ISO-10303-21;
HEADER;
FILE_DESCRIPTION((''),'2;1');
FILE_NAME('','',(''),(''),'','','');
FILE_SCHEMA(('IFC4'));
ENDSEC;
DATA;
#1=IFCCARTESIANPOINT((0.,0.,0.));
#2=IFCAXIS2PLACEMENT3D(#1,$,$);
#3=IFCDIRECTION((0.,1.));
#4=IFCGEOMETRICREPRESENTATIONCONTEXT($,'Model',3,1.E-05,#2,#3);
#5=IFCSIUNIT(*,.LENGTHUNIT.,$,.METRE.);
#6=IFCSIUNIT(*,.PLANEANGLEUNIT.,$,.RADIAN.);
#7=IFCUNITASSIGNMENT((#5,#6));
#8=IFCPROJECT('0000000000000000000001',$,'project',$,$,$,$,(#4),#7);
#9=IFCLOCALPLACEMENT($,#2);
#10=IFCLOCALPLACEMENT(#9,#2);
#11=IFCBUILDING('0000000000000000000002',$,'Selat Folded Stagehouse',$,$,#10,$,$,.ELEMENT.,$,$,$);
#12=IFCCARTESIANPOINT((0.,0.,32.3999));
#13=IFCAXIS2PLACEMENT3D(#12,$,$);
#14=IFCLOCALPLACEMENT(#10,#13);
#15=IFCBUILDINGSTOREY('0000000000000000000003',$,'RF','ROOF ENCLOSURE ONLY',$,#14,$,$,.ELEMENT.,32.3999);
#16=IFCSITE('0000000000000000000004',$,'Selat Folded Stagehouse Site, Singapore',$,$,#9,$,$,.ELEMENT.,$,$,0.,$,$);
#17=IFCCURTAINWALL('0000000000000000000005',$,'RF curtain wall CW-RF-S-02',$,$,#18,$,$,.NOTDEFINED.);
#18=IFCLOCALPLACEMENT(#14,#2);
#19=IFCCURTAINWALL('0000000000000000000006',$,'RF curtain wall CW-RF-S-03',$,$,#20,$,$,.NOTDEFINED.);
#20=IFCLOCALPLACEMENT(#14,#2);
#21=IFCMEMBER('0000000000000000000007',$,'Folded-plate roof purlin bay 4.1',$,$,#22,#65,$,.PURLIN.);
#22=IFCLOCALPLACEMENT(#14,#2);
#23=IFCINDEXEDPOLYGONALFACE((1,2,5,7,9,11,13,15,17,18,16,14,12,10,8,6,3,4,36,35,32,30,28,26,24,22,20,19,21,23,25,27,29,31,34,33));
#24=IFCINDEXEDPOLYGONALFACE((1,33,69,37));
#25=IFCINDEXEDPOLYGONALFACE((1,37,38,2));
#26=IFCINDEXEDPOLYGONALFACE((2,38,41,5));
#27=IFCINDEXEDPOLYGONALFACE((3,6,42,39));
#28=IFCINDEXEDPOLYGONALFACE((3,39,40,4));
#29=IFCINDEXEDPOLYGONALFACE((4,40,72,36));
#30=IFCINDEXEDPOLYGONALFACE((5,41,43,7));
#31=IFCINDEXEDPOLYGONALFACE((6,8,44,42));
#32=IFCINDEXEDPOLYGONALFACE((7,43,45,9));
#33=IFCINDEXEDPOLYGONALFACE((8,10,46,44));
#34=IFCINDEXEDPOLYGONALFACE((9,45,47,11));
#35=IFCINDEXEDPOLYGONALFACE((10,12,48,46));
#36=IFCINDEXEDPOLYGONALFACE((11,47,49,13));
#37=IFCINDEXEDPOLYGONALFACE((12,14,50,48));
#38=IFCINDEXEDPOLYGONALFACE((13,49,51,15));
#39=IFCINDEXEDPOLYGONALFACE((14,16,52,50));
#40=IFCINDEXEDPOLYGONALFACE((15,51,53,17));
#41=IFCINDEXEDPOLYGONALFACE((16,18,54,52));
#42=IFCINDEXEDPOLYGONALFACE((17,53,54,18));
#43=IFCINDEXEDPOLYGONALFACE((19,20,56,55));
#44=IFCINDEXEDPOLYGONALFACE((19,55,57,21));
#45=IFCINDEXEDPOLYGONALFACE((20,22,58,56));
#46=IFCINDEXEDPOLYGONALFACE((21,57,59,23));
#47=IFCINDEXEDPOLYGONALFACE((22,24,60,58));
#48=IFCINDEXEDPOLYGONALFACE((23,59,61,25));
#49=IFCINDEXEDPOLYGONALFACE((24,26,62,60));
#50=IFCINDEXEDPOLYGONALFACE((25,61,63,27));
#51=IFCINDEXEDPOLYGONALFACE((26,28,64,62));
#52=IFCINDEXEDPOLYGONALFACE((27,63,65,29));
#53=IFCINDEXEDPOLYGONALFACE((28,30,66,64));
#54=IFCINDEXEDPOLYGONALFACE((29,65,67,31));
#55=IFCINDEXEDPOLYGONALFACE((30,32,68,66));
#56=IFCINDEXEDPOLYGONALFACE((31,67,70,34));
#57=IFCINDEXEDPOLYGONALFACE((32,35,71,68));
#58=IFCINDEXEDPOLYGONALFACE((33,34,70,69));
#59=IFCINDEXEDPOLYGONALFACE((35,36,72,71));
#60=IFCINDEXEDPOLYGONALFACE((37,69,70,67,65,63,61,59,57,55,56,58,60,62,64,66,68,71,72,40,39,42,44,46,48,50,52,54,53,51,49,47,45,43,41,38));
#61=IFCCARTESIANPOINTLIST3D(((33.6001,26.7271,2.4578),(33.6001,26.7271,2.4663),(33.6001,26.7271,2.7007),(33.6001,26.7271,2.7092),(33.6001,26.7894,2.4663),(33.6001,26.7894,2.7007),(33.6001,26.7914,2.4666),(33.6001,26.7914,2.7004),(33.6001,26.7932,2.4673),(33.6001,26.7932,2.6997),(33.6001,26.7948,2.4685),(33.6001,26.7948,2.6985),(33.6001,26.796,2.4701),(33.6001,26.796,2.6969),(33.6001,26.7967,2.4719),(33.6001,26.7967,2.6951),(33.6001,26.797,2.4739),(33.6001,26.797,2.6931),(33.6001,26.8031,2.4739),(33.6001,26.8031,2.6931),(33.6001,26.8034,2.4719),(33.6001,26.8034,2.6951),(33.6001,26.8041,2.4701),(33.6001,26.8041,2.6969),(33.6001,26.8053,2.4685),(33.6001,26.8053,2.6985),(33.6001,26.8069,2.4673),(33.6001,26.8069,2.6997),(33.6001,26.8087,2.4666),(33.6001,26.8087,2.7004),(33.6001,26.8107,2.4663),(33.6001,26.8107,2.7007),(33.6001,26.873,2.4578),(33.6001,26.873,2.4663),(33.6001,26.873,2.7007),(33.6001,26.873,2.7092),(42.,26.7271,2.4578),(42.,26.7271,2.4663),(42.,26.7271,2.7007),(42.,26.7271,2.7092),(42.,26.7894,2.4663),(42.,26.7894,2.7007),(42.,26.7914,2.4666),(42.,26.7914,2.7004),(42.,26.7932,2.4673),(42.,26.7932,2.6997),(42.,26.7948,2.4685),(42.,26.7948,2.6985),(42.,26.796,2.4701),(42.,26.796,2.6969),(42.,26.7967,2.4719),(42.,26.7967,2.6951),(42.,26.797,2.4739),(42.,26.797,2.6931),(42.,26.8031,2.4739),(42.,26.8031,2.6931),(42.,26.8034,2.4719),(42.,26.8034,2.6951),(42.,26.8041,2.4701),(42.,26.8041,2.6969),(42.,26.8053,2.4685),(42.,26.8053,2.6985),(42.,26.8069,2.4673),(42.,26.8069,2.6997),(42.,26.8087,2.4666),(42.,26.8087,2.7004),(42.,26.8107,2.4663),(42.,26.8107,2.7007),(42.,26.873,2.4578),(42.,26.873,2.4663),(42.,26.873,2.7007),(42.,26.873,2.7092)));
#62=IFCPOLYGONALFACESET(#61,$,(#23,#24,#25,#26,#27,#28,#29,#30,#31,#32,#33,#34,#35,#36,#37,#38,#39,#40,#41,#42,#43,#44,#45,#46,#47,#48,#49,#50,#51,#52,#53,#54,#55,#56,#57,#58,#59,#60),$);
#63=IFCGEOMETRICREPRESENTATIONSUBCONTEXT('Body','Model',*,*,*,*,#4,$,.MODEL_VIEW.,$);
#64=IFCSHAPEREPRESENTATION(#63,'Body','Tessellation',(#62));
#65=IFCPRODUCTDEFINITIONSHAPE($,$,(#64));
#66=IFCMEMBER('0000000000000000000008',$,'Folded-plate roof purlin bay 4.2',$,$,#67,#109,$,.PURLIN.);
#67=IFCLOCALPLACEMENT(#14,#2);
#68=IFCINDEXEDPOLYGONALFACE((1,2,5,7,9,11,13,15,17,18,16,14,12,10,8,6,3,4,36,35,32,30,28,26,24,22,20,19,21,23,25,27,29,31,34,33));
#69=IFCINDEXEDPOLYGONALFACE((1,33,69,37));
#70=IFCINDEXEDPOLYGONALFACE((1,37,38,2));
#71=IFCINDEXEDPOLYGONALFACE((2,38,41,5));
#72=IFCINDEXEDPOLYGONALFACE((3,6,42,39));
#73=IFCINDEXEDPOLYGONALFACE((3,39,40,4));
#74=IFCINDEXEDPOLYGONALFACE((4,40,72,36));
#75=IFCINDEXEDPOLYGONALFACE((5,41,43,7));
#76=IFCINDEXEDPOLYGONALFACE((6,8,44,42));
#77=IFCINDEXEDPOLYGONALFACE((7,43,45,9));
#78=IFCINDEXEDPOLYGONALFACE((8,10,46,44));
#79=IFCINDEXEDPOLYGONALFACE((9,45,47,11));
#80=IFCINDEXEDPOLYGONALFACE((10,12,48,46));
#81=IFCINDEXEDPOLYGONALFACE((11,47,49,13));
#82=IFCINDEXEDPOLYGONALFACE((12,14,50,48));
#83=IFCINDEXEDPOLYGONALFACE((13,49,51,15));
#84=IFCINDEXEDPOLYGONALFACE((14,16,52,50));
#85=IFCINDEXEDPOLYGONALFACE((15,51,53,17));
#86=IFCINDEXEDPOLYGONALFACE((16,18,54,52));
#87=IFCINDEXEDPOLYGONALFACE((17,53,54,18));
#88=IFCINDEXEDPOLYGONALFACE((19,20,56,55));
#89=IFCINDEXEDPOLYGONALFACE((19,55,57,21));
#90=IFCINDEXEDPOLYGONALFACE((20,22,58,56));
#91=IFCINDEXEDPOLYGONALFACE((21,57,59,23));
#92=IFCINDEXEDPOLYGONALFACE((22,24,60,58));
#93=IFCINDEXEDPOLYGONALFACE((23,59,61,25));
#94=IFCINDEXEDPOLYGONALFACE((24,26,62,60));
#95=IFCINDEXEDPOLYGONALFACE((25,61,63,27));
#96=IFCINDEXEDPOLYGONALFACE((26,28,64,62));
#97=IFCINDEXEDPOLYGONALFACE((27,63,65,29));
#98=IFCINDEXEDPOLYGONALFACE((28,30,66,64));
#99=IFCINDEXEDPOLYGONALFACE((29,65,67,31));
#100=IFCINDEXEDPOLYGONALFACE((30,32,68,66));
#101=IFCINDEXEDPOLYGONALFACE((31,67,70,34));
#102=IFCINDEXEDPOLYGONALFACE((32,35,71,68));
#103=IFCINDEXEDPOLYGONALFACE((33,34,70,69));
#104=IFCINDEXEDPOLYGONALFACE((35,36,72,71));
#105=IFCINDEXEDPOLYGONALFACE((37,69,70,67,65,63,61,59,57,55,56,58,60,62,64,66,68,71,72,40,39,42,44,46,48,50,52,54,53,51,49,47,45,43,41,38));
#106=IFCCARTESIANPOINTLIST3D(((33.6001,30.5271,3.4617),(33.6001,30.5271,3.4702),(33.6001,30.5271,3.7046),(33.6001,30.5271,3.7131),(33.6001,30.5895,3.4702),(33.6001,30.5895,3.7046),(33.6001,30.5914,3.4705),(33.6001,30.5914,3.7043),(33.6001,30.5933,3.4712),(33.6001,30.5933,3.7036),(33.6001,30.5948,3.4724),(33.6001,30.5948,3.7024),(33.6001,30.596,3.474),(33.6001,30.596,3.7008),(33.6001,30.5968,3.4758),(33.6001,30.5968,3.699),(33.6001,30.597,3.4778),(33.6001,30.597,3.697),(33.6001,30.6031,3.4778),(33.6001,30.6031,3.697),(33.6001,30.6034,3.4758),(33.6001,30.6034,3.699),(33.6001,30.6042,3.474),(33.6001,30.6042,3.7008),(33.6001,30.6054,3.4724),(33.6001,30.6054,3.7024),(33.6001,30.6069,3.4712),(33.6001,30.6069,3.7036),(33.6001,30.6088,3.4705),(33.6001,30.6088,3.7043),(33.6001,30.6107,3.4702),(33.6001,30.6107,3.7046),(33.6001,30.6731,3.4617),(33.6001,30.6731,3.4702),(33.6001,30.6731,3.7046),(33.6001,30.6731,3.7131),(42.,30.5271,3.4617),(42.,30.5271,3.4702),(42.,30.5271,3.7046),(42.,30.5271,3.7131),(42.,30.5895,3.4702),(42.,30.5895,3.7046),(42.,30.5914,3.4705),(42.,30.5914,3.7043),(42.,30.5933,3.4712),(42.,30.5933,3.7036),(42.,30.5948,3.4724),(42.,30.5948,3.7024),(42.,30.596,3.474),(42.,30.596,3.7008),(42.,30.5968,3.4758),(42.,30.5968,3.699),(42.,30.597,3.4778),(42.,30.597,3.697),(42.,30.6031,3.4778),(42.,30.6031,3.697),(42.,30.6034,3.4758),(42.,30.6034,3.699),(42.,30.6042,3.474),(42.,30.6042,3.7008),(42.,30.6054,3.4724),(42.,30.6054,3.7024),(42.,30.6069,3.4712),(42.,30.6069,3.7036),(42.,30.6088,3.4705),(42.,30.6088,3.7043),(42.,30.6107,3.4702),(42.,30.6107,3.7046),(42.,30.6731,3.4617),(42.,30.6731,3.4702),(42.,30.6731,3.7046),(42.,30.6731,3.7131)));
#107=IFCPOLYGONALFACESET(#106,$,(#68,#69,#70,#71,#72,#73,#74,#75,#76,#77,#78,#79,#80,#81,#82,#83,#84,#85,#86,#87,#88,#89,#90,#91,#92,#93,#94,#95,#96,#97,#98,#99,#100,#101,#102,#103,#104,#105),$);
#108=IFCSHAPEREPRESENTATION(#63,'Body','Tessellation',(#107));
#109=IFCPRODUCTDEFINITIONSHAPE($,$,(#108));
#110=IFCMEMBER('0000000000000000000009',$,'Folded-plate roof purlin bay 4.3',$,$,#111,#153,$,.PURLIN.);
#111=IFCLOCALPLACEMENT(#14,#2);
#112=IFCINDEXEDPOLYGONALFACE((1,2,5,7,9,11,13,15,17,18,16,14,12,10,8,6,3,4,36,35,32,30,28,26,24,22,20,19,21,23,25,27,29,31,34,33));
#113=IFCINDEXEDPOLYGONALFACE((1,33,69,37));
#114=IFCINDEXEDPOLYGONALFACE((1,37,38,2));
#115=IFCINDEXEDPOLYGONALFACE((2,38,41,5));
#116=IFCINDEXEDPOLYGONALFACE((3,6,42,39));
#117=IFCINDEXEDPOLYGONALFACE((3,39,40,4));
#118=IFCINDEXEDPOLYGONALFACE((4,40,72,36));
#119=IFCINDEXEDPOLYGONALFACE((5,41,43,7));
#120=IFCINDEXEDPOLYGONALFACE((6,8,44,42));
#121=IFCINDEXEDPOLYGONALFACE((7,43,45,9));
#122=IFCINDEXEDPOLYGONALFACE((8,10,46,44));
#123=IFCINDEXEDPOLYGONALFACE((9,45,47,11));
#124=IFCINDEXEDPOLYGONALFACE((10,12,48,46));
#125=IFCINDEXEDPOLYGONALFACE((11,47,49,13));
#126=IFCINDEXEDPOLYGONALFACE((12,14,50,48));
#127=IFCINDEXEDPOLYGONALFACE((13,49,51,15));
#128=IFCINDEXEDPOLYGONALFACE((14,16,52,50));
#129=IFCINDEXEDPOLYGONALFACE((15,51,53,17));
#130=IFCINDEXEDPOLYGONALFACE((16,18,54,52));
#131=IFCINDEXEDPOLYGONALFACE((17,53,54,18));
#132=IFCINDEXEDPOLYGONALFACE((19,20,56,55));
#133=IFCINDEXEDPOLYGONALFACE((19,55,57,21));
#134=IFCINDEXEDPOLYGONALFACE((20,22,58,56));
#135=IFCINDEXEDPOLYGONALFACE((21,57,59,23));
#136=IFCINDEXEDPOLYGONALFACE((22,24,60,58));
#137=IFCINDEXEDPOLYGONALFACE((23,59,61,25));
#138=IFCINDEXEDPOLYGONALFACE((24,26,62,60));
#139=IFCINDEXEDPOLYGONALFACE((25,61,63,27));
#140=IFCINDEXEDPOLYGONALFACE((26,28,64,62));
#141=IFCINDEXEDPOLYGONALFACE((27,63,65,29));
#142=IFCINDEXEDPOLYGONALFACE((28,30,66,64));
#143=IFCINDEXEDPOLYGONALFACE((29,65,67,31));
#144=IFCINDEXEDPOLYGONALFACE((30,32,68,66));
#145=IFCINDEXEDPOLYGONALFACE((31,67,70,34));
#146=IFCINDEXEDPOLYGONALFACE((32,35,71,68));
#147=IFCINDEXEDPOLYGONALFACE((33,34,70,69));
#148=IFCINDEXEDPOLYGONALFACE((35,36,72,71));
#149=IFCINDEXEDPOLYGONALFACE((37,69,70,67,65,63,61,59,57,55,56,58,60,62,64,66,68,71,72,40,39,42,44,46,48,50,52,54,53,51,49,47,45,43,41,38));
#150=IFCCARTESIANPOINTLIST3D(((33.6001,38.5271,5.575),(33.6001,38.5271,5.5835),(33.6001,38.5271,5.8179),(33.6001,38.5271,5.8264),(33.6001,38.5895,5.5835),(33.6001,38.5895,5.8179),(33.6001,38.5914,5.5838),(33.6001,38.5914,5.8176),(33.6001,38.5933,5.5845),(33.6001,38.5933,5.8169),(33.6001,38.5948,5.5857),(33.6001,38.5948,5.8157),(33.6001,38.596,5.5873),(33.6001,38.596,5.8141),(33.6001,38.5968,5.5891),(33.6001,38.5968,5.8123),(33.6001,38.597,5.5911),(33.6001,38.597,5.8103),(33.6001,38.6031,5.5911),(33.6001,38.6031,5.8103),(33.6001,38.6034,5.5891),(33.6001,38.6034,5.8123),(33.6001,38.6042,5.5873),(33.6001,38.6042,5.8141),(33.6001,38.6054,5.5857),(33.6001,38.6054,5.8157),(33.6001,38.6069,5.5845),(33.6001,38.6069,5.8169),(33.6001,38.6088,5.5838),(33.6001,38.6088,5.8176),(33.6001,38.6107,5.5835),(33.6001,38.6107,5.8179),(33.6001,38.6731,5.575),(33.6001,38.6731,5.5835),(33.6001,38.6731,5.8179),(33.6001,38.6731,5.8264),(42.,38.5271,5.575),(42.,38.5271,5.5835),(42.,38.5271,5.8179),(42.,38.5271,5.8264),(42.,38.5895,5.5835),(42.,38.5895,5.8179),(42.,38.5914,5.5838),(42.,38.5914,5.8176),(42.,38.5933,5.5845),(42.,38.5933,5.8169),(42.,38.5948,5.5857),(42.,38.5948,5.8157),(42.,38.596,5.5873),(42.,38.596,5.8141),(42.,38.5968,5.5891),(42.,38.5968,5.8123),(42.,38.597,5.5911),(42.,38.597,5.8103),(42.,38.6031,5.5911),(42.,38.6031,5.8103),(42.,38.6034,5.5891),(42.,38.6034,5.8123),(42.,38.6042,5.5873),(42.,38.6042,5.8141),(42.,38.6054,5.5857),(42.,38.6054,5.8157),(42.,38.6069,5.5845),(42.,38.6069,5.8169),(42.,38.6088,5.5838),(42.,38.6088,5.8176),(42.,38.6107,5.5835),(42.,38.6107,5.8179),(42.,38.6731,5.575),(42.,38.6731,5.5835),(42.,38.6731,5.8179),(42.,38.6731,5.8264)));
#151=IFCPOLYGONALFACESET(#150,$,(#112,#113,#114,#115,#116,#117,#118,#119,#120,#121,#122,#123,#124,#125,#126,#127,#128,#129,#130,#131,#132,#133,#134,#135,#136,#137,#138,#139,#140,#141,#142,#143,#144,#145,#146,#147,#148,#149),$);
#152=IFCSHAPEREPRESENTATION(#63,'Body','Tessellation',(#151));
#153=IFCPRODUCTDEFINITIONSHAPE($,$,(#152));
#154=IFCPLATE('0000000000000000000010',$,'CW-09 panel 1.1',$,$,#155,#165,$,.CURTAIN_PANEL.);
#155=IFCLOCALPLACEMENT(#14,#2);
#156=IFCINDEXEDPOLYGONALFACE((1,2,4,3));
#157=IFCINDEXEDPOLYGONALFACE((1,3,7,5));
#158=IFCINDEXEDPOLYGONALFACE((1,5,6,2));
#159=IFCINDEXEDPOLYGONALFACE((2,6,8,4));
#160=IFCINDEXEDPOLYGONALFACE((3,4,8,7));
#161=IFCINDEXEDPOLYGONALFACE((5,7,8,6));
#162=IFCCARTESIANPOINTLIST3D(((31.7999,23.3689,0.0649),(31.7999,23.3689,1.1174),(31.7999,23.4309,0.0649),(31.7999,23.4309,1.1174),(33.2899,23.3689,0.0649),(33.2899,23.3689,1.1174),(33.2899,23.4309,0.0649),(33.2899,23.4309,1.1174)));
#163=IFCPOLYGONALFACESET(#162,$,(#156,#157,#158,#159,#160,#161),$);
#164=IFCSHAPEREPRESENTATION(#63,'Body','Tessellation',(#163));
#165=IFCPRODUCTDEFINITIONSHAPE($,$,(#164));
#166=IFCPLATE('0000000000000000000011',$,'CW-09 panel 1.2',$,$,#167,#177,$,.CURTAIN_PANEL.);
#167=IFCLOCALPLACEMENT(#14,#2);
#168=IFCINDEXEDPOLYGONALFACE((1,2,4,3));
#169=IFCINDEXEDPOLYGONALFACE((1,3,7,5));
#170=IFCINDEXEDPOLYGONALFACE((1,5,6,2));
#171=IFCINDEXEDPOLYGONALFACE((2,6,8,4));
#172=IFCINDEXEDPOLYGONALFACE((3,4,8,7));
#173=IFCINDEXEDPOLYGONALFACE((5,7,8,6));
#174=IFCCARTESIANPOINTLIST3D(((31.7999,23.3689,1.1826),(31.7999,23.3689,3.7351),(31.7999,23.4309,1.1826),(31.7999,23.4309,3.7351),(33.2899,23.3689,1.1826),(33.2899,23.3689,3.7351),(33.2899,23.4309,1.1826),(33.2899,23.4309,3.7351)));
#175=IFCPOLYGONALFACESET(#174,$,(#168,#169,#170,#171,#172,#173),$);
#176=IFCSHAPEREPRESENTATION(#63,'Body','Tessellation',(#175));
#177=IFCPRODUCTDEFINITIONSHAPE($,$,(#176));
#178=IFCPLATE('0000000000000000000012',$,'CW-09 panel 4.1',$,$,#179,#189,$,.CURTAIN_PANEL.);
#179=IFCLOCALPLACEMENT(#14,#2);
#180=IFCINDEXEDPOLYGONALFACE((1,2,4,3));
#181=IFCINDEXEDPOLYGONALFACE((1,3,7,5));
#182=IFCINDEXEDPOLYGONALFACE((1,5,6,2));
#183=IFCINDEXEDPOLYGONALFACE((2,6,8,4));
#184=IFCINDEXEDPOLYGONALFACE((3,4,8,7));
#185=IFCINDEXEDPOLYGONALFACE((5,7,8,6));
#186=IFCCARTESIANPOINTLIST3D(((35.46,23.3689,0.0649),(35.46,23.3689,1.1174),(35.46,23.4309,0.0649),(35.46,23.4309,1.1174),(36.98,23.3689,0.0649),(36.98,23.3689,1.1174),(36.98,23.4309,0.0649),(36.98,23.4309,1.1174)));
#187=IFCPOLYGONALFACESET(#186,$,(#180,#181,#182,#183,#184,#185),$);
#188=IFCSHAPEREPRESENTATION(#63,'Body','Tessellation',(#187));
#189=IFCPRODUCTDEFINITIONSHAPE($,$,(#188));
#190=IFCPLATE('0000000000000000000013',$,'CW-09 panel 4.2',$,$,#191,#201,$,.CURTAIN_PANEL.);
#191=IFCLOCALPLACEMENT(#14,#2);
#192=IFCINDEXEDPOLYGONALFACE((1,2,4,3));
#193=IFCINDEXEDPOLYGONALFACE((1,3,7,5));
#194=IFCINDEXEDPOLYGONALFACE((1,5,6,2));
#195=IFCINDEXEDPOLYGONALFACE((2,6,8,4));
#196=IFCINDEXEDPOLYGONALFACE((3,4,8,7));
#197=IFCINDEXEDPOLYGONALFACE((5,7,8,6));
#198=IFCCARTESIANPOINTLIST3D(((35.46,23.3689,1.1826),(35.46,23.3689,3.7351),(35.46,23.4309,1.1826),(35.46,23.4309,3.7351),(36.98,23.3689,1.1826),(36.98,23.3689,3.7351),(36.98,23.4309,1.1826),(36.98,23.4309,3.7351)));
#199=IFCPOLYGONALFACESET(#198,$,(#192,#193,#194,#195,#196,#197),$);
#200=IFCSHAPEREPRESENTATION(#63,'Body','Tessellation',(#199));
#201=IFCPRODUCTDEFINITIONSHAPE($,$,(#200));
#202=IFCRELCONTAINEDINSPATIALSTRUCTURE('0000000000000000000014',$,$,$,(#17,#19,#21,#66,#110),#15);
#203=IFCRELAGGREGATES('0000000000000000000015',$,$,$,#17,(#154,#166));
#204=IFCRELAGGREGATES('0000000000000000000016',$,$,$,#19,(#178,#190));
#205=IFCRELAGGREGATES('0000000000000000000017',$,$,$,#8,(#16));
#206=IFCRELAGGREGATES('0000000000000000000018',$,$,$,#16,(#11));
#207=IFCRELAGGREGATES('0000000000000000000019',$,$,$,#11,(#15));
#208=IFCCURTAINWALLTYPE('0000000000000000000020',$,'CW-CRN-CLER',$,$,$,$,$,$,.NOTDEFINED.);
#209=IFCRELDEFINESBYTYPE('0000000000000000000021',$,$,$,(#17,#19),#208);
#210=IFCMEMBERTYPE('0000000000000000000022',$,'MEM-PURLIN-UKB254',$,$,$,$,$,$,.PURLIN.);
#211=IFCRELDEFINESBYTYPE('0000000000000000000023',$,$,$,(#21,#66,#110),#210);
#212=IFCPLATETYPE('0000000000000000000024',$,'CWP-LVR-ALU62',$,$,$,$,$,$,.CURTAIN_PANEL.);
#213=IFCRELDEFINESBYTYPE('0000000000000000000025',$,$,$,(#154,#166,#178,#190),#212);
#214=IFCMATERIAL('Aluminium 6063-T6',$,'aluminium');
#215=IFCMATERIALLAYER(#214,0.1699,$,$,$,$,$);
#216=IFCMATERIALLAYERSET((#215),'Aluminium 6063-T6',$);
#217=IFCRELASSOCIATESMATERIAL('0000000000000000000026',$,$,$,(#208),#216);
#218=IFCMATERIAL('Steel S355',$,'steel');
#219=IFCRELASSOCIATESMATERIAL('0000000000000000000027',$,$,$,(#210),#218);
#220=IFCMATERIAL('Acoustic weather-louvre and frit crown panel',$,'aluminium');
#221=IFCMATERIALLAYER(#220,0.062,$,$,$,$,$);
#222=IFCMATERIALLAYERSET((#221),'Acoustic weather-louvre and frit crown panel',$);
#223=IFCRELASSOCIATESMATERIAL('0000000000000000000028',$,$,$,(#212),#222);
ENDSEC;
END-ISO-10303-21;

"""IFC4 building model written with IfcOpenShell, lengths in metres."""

from ifc_helpers import new_model, si_unit, direction, frame, origin, origin_2d, place, context, subcontext, project, spatial, rectangle, i_section, extrude, material, layer, layer_set, material_profile, profile_set, type_object, element, aggregate, save


model = new_model("IFC4")

# Units and contexts
model_context = context("Model", 3, precision=1e-05, world=origin(), true_north=direction((0.0, 1.0)))
body_context = subcontext(model_context, "Body", "Model", "MODEL_VIEW")
ifc_project = project(units=[si_unit("LENGTHUNIT", "METRE"), si_unit("PLANEANGLEUNIT", "RADIAN")], contexts=[model_context])

# Site, building, storey
site_placement = place(None, origin())
site = spatial("IfcSite", under=ifc_project, at=site_placement, Name="Selat Folded Stagehouse Site, Singapore", CompositionType="ELEMENT", RefElevation=0.0)
building_placement = place(site_placement, origin())
building = spatial("IfcBuilding", under=site, at=building_placement, Name="Selat Folded Stagehouse", CompositionType="ELEMENT")
storey_placement = place(building_placement, frame((0.0, 0.0, 32.3999)))
storey = spatial("IfcBuildingStorey", under=building, at=storey_placement, Name="RF", Description="ROOF ENCLOSURE ONLY", CompositionType="ELEMENT", Elevation=32.3999)

# Shared definitions
ifc_material_1 = material(Name="Steel S355", Category="steel")

# Curtain wall
ifc_material_2 = material(Name="Aluminium 6063-T6", Category="aluminium")
ifc_layer_1 = layer(ifc_material_2, 0.1699)
ifc_layer_set_1 = layer_set([ifc_layer_1], Name="Aluminium 6063-T6")
curtain_wall_type = type_object("IfcCurtainWallType", Name="CW-CRN-CLER", PredefinedType="NOTDEFINED", material=ifc_layer_set_1)
curtain_wall_1_placement = place(storey_placement, origin())
curtain_wall_1 = element("IfcCurtainWall", 1, at=curtain_wall_1_placement, inside=storey, type_object=curtain_wall_type, Name="RF curtain wall CW-RF-S-02", PredefinedType="NOTDEFINED")

# Curtain wall
curtain_wall_2_placement = place(storey_placement, origin())
curtain_wall_2 = element("IfcCurtainWall", 2, at=curtain_wall_2_placement, inside=storey, type_object=curtain_wall_type, Name="RF curtain wall CW-RF-S-03", PredefinedType="NOTDEFINED")

# Members
ifc_material_profile_1 = material_profile(ifc_material_1, i_section(OverallWidth=0.146, OverallDepth=0.2515, WebThickness=0.0061, FlangeThickness=0.0085, FilletRadius=0.0076, at=origin_2d()), Name="UKB 254x146x31")
ifc_profile_set_1 = profile_set([ifc_material_profile_1], Name="Steel S355")
member_type_1 = type_object("IfcMemberType", Name="MEM-PURLIN-UKB254", PredefinedType="PURLIN", material=ifc_profile_set_1)
for number, where, z_axis, x_axis, name in (
    (3, (33.6001, 26.8, 2.5835), (1.0, 0.0, 0.0), (0.0, 1.0, 0.0), "Folded-plate roof purlin bay 4.1"),
    (4, (33.6001, 30.6001, 3.5874), (1.0, 0.0, 0.0), (0.0, 1.0, 0.0), "Folded-plate roof purlin bay 4.2"),
    (5, (33.6001, 38.6001, 5.7007), (1.0, 0.0, 0.0), (0.0, 1.0, 0.0), "Folded-plate roof purlin bay 4.3"),
):
    element("IfcMember", number, at=place(storey_placement, frame(where, z_axis=z_axis, x_axis=x_axis)), inside=storey, type_object=member_type_1, Name=name, PredefinedType="PURLIN", context=body_context, shape_type="SweptSolid", body=[
        extrude(i_section(OverallWidth=0.146, OverallDepth=0.2515, WebThickness=0.0061, FlangeThickness=0.0085, FilletRadius=0.0076, at=origin_2d()), origin(), (0.0, 0.0, 1.0), 8.3999),
    ])

# Plates
ifc_material_3 = material(Name="Acoustic weather-louvre and frit crown panel", Category="aluminium")
ifc_layer_2 = layer(ifc_material_3, 0.062)
ifc_layer_set_2 = layer_set([ifc_layer_2], Name="Acoustic weather-louvre and frit crown panel")
plate_type_1 = type_object("IfcPlateType", Name="CWP-LVR-ALU62", PredefinedType="CURTAIN_PANEL", material=ifc_layer_set_2)
plate_1_placement = place(storey_placement, frame((32.5449, 23.3999, 0.0649), z_axis=(0.0, 0.0, 1.0), x_axis=(-1.0, 0.0, 0.0)))
plate_1 = element("IfcPlate", 6, at=plate_1_placement, type_object=plate_type_1, Name="CW-09 panel 1.1", PredefinedType="CURTAIN_PANEL", context=body_context, shape_type="SweptSolid", body=[
    extrude(rectangle(XDim=1.49, YDim=0.062, at=origin_2d()), origin(), (0.0, 0.0, 1.0), 1.0525),
])
plate_2_placement = place(storey_placement, frame((32.5449, 23.3999, 1.1826), z_axis=(0.0, 0.0, 1.0), x_axis=(-1.0, 0.0, 0.0)))
plate_2 = element("IfcPlate", 7, at=plate_2_placement, type_object=plate_type_1, Name="CW-09 panel 1.2", PredefinedType="CURTAIN_PANEL", context=body_context, shape_type="SweptSolid", body=[
    extrude(rectangle(XDim=1.49, YDim=0.062, at=origin_2d()), origin(), (0.0, 0.0, 1.0), 2.5525),
])
aggregate(curtain_wall_1, [plate_1, plate_2])
plate_3_placement = place(storey_placement, frame((36.22, 23.3999, 0.0649), z_axis=(0.0, 0.0, 1.0), x_axis=(-1.0, 0.0, 0.0)))
plate_3 = element("IfcPlate", 8, at=plate_3_placement, type_object=plate_type_1, Name="CW-09 panel 4.1", PredefinedType="CURTAIN_PANEL", context=body_context, shape_type="SweptSolid", body=[
    extrude(rectangle(XDim=1.52, YDim=0.062, at=origin_2d()), origin(), (0.0, 0.0, 1.0), 1.0525),
])
plate_4_placement = place(storey_placement, frame((36.22, 23.3999, 1.1826), z_axis=(0.0, 0.0, 1.0), x_axis=(-1.0, 0.0, 0.0)))
plate_4 = element("IfcPlate", 9, at=plate_4_placement, type_object=plate_type_1, Name="CW-09 panel 4.2", PredefinedType="CURTAIN_PANEL", context=body_context, shape_type="SweptSolid", body=[
    extrude(rectangle(XDim=1.52, YDim=0.062, at=origin_2d()), origin(), (0.0, 0.0, 1.0), 2.5525),
])
aggregate(curtain_wall_2, [plate_3, plate_4])

save(model, "model.ifc")
